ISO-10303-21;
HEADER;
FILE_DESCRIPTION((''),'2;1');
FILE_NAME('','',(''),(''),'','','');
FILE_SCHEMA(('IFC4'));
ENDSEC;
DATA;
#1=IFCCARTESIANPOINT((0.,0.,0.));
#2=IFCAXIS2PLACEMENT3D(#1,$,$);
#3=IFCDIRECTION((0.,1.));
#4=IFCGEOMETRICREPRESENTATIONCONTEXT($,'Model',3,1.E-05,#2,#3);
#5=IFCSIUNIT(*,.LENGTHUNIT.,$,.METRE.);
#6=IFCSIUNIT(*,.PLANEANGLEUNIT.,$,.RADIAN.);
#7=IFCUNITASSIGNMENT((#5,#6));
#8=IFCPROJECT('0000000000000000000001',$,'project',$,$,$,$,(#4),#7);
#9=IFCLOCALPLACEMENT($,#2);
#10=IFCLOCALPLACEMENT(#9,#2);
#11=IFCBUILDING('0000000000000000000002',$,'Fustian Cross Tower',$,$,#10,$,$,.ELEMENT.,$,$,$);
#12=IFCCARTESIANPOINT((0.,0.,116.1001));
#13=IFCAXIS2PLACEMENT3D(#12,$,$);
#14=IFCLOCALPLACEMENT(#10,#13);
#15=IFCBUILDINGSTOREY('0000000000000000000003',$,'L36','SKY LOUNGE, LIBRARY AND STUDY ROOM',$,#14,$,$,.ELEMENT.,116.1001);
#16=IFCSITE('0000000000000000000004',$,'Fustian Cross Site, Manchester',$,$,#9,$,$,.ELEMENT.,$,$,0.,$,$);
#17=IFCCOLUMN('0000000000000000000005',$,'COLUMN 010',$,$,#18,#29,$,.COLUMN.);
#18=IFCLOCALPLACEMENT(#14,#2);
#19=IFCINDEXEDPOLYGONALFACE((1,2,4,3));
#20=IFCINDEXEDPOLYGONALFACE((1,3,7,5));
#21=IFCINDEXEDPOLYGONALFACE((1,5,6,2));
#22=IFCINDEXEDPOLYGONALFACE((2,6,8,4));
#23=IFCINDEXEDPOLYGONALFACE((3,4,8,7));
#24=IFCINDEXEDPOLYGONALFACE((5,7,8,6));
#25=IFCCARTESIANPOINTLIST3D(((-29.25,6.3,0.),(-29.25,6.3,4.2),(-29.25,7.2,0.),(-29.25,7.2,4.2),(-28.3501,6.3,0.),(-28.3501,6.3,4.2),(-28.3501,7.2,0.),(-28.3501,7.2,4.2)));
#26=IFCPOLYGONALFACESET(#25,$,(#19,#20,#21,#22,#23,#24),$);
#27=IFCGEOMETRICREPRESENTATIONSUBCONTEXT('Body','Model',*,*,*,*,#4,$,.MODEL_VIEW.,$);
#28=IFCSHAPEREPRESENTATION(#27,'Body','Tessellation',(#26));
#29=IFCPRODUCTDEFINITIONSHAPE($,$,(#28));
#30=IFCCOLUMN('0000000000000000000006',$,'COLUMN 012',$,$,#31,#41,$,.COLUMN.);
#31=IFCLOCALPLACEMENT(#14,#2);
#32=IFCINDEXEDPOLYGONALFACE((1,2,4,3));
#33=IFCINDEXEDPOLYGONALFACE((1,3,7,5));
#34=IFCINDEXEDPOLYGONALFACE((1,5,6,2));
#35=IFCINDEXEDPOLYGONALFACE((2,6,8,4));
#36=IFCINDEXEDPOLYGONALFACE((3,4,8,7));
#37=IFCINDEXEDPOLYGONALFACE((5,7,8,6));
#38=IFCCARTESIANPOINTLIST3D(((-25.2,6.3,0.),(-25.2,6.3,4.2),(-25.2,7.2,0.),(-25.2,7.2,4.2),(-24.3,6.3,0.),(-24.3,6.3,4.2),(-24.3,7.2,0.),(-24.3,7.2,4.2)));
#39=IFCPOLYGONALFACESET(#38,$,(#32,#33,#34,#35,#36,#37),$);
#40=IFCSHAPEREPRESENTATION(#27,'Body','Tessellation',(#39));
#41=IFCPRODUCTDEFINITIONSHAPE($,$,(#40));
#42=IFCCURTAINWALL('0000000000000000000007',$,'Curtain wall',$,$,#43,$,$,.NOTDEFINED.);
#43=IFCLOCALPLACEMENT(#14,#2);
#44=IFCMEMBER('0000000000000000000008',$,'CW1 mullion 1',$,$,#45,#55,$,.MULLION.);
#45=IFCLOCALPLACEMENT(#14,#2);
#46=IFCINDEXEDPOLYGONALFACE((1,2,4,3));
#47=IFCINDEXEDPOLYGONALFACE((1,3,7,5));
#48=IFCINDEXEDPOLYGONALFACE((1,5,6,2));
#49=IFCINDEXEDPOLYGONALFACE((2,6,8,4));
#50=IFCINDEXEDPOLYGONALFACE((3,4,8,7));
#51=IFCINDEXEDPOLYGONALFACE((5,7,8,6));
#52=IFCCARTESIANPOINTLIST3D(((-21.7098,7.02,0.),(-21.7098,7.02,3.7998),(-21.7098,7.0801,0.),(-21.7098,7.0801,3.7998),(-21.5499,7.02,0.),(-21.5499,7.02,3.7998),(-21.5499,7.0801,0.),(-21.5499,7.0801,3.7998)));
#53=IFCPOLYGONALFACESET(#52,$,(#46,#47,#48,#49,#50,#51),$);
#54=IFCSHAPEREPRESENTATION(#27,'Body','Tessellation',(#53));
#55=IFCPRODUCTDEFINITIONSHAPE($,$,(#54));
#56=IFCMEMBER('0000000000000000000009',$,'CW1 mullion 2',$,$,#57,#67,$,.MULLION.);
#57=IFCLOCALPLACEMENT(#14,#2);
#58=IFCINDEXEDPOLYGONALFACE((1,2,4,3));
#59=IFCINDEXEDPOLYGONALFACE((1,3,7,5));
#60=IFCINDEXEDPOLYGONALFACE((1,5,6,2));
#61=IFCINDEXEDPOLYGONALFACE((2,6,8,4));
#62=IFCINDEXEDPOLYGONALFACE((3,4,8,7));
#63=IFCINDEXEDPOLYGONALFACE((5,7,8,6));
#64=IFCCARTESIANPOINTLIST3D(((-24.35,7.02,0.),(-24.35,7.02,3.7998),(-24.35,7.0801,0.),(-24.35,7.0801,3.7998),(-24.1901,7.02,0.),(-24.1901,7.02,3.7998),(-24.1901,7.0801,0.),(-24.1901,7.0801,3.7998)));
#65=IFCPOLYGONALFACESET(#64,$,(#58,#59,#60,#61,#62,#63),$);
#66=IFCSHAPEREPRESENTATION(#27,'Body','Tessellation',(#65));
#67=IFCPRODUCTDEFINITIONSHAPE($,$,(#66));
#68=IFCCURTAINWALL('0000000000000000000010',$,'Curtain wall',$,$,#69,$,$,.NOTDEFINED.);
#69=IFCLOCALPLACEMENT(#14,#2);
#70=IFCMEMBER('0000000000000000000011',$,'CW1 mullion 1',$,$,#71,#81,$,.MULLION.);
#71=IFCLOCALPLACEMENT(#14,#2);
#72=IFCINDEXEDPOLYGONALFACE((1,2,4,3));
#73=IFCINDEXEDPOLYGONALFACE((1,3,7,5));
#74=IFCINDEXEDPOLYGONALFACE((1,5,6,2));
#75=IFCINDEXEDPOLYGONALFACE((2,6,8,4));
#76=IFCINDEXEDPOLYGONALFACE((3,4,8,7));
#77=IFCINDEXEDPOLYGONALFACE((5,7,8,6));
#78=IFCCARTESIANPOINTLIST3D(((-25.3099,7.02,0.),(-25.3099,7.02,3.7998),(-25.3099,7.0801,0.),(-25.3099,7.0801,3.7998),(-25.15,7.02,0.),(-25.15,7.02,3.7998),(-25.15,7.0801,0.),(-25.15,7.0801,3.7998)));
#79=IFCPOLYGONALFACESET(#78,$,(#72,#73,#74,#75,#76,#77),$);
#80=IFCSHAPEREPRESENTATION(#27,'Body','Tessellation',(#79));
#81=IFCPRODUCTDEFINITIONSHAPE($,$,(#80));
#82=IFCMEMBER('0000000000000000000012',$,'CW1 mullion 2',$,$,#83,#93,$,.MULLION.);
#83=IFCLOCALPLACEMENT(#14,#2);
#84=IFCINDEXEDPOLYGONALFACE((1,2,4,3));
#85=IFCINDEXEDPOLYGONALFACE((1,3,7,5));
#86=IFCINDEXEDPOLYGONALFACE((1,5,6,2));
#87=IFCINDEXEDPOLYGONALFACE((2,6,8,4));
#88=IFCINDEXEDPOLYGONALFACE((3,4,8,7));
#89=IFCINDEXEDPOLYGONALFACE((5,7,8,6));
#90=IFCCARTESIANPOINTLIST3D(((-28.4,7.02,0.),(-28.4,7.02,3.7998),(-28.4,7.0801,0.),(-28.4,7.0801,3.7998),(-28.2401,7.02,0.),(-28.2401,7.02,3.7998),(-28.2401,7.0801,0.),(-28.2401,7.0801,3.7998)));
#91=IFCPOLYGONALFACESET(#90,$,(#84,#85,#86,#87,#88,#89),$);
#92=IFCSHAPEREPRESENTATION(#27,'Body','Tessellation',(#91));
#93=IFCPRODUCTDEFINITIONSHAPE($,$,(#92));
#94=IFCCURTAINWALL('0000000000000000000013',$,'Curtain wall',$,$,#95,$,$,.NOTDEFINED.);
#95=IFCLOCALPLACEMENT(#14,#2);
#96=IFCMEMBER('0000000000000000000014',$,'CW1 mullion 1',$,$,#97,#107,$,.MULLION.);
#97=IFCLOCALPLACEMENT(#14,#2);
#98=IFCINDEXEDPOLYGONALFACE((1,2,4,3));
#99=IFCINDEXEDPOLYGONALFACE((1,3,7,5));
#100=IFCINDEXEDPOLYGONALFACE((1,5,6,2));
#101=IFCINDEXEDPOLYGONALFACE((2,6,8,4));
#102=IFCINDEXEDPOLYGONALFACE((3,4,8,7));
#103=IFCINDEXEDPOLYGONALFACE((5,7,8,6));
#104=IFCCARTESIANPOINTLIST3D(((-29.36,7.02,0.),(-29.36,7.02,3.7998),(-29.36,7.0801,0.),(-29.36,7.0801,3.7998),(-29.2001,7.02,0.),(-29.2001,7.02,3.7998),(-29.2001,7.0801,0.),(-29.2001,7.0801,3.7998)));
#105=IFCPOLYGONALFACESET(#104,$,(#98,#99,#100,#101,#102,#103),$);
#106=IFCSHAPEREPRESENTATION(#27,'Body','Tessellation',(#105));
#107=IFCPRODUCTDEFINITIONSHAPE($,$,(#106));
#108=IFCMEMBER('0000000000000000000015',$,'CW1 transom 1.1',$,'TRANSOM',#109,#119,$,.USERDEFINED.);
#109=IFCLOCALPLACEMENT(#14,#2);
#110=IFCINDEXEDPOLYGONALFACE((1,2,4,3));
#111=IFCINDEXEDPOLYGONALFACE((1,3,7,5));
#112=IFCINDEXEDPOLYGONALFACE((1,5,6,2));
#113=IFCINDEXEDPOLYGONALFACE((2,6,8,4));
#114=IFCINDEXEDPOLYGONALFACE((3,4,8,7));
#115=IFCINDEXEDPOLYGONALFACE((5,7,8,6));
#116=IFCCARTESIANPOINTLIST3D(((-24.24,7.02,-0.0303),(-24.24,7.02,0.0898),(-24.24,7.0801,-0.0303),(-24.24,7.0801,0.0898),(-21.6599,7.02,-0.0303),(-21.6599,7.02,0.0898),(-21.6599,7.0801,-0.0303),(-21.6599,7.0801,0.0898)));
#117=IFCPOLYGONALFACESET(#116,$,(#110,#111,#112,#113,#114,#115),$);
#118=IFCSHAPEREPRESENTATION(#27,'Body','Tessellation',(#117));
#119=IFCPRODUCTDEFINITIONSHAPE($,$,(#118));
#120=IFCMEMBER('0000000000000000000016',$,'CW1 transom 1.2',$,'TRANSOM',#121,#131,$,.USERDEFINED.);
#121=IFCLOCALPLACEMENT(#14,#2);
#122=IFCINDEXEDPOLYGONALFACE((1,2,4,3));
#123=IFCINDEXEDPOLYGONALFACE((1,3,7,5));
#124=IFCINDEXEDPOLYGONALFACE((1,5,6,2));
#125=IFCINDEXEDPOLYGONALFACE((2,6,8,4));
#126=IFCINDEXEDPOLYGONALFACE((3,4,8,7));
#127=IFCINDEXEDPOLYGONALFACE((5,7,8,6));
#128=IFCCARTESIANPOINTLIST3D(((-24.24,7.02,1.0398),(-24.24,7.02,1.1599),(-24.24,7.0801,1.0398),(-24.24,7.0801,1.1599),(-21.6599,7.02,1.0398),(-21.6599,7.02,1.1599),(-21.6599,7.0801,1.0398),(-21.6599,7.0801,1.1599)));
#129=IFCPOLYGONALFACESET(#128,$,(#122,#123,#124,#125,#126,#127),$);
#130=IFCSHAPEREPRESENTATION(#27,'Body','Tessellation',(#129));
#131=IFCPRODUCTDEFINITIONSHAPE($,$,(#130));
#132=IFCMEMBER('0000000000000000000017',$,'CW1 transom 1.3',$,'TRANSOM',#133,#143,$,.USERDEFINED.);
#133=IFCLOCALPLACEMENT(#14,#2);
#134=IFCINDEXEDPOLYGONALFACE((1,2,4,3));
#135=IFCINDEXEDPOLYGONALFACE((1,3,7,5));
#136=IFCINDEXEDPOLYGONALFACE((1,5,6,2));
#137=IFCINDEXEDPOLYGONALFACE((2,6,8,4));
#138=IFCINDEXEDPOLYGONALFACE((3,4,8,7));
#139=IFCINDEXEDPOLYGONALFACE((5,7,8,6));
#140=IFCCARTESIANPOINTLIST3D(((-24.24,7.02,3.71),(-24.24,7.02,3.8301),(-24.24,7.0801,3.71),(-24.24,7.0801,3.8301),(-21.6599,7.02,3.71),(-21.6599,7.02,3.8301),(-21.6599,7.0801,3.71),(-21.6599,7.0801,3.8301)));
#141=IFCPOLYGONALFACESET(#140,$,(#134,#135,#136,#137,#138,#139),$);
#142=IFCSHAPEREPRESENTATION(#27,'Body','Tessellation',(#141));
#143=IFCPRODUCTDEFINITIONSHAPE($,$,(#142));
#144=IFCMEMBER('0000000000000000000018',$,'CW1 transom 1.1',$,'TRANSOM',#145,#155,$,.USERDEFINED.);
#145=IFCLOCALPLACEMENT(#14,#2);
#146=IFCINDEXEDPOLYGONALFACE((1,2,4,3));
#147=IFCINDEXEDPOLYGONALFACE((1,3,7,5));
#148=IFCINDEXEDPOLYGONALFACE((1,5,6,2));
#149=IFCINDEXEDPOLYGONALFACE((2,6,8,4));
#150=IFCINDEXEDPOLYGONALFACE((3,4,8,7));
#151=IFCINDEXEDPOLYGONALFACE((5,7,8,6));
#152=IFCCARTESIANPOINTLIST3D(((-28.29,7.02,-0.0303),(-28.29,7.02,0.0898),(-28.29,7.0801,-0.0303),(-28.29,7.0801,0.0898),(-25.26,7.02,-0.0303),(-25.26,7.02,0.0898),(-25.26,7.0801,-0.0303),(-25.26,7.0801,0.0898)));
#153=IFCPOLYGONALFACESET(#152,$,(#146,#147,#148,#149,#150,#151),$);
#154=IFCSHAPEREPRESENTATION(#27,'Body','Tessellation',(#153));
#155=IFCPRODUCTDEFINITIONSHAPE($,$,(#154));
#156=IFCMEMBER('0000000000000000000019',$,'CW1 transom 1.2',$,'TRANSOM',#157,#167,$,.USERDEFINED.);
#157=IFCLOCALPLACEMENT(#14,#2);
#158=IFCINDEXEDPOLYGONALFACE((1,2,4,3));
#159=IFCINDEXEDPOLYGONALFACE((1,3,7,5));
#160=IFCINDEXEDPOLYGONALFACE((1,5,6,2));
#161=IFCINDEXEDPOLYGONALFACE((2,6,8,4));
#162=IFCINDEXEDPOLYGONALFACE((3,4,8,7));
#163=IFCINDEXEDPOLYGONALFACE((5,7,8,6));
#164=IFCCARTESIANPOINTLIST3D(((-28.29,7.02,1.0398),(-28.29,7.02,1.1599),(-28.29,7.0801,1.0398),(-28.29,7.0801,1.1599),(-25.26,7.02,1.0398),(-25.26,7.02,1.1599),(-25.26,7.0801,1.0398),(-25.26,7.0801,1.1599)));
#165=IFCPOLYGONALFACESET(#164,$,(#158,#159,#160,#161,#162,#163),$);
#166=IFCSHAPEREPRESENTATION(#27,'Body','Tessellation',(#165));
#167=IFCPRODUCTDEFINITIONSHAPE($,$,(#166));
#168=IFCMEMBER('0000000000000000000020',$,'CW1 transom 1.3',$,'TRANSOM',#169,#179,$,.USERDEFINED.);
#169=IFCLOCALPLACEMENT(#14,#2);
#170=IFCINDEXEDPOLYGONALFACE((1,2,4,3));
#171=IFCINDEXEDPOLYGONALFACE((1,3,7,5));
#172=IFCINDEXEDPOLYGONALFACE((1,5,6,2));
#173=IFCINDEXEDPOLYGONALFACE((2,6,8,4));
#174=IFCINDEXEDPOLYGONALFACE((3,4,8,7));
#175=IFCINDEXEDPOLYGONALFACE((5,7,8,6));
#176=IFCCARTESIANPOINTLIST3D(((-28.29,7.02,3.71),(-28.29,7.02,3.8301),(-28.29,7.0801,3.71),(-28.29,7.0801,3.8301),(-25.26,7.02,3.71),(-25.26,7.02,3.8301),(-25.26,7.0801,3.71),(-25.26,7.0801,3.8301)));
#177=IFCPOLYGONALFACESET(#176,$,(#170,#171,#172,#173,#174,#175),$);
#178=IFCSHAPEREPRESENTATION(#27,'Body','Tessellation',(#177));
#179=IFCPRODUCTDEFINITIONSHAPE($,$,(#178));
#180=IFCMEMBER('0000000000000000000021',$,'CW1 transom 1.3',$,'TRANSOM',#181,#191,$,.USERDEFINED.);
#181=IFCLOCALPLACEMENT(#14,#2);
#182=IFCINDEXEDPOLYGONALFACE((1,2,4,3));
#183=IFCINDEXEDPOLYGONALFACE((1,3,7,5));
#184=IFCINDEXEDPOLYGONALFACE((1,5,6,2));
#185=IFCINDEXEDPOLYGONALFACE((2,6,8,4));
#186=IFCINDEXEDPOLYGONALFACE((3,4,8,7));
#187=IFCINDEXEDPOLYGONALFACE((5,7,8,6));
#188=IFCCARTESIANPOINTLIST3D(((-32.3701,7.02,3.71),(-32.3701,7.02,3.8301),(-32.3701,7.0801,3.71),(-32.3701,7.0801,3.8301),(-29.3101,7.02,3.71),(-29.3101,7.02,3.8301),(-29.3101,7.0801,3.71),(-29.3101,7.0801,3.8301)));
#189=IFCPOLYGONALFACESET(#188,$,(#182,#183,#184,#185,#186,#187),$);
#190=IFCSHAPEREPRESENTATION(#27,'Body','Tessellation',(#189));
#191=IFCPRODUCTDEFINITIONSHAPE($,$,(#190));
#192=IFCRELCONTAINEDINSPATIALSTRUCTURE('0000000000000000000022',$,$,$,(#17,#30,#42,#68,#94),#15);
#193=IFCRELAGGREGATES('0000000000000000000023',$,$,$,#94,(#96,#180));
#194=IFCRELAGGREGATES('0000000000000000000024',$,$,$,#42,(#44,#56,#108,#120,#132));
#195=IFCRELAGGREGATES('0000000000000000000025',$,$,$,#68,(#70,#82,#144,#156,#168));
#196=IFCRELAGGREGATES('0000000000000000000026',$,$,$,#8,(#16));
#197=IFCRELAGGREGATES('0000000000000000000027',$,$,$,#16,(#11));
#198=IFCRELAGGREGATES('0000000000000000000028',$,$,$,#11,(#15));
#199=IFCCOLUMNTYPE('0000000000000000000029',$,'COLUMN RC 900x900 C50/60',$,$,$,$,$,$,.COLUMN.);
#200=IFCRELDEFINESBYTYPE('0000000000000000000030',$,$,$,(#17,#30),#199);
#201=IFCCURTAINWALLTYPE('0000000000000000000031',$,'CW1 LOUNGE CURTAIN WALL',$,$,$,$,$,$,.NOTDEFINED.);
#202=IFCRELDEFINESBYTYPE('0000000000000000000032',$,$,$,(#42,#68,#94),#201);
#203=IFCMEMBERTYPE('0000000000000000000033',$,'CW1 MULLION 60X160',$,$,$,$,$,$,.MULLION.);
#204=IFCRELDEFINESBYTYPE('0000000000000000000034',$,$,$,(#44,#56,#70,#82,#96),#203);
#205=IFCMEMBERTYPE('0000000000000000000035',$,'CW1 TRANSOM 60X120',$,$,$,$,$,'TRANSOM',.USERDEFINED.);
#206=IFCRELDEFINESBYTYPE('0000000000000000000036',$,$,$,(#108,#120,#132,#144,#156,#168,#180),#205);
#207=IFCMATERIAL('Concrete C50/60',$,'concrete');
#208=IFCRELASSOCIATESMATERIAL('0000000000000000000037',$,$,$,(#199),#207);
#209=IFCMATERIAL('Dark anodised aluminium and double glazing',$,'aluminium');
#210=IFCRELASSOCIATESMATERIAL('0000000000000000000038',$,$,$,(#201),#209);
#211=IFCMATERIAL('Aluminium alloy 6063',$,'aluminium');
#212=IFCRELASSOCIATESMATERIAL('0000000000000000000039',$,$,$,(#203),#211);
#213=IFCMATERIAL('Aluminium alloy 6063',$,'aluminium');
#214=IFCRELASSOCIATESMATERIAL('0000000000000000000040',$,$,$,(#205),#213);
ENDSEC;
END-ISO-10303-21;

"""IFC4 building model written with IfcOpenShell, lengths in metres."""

from ifc_helpers import new_model, si_unit, direction, frame, origin, origin_2d, place, context, subcontext, project, spatial, rectangle, extrude, material, material_profile, profile_set, type_object, element, aggregate, save


model = new_model("IFC4")

# Units and contexts
model_context = context("Model", 3, precision=1e-05, world=origin(), true_north=direction((0.0, 1.0)))
body_context = subcontext(model_context, "Body", "Model", "MODEL_VIEW")
ifc_project = project(units=[si_unit("LENGTHUNIT", "METRE"), si_unit("PLANEANGLEUNIT", "RADIAN")], contexts=[model_context])

# Site, building, storey
site_placement = place(None, origin())
site = spatial("IfcSite", under=ifc_project, at=site_placement, Name="Fustian Cross Site, Manchester", CompositionType="ELEMENT", RefElevation=0.0)
building_placement = place(site_placement, origin())
building = spatial("IfcBuilding", under=site, at=building_placement, Name="Fustian Cross Tower", CompositionType="ELEMENT")
storey_placement = place(building_placement, frame((0.0, 0.0, 116.1001)))
storey = spatial("IfcBuildingStorey", under=building, at=storey_placement, Name="L36", Description="SKY LOUNGE, LIBRARY AND STUDY ROOM", CompositionType="ELEMENT", Elevation=116.1001)

# Columns
ifc_material_1 = material(Name="Concrete C50/60", Category="concrete")
ifc_material_profile_1 = material_profile(ifc_material_1, rectangle(XDim=0.8999, YDim=0.8999, at=origin_2d()), Name="RC 900x900")
ifc_profile_set_1 = profile_set([ifc_material_profile_1], Name="Concrete C50/60")
column_type = type_object("IfcColumnType", Name="COLUMN RC 900x900 C50/60", PredefinedType="COLUMN", material=ifc_profile_set_1)
for number, where, z_axis, x_axis, name in (
    (1, (-28.8, 6.75, 0.0), (0.0, 0.0, 1.0), (1.0, 0.0, 0.0), "COLUMN 010"),
    (2, (-24.75, 6.75, 0.0), (0.0, 0.0, 1.0), (1.0, 0.0, 0.0), "COLUMN 012"),
):
    element("IfcColumn", number, at=place(storey_placement, frame(where, z_axis=z_axis, x_axis=x_axis)), inside=storey, type_object=column_type, Name=name, PredefinedType="COLUMN", context=body_context, shape_type="SweptSolid", body=[
        extrude(rectangle(XDim=0.8999, YDim=0.8999, at=origin_2d()), origin(), (0.0, 0.0, 1.0), 4.2),
    ])

# Curtain walls, members
ifc_material_2 = material(Name="Dark anodised aluminium and double glazing", Category="aluminium")
curtain_wall_type = type_object("IfcCurtainWallType", Name="CW1 LOUNGE CURTAIN WALL", PredefinedType="NOTDEFINED", material=ifc_material_2)
curtain_wall_1_placement = place(storey_placement, origin())
curtain_wall_1 = element("IfcCurtainWall", 3, at=curtain_wall_1_placement, inside=storey, type_object=curtain_wall_type, Name="Curtain wall", PredefinedType="NOTDEFINED")
ifc_material_3 = material(Name="Aluminium alloy 6063", Category="aluminium")
ifc_material_profile_2 = material_profile(ifc_material_3, rectangle(XDim=0.0601, YDim=0.1599, at=origin_2d()), Name="CW1 MULLION 60X160")
ifc_profile_set_2 = profile_set([ifc_material_profile_2], Name="Aluminium alloy 6063")
member_type_1 = type_object("IfcMemberType", Name="CW1 MULLION 60X160", PredefinedType="MULLION", material=ifc_profile_set_2)
member_1_placement = place(storey_placement, frame((-21.6299, 7.05, 0.0), z_axis=(0.0, 0.0, 1.0), x_axis=(0.0, -1.0, 0.0)))
member_1 = element("IfcMember", 4, at=member_1_placement, type_object=member_type_1, Name="CW1 mullion 1", PredefinedType="MULLION", context=body_context, shape_type="SweptSolid", body=[
    extrude(rectangle(XDim=0.0601, YDim=0.1599, at=origin_2d()), origin(), (0.0, 0.0, 1.0), 3.7998),
])
member_2_placement = place(storey_placement, frame((-24.27, 7.05, 0.0), z_axis=(0.0, 0.0, 1.0), x_axis=(0.0, -1.0, 0.0)))
member_2 = element("IfcMember", 5, at=member_2_placement, type_object=member_type_1, Name="CW1 mullion 2", PredefinedType="MULLION", context=body_context, shape_type="SweptSolid", body=[
    extrude(rectangle(XDim=0.0601, YDim=0.1599, at=origin_2d()), origin(), (0.0, 0.0, 1.0), 3.7998),
])
curtain_wall_2_placement = place(storey_placement, origin())
curtain_wall_2 = element("IfcCurtainWall", 6, at=curtain_wall_2_placement, inside=storey, type_object=curtain_wall_type, Name="Curtain wall", PredefinedType="NOTDEFINED")
member_3_placement = place(storey_placement, frame((-25.23, 7.05, 0.0), z_axis=(0.0, 0.0, 1.0), x_axis=(0.0, -1.0, 0.0)))
member_3 = element("IfcMember", 7, at=member_3_placement, type_object=member_type_1, Name="CW1 mullion 1", PredefinedType="MULLION", context=body_context, shape_type="SweptSolid", body=[
    extrude(rectangle(XDim=0.0601, YDim=0.1599, at=origin_2d()), origin(), (0.0, 0.0, 1.0), 3.7998),
])
member_4_placement = place(storey_placement, frame((-28.3201, 7.05, 0.0), z_axis=(0.0, 0.0, 1.0), x_axis=(0.0, -1.0, 0.0)))
member_4 = element("IfcMember", 8, at=member_4_placement, type_object=member_type_1, Name="CW1 mullion 2", PredefinedType="MULLION", context=body_context, shape_type="SweptSolid", body=[
    extrude(rectangle(XDim=0.0601, YDim=0.1599, at=origin_2d()), origin(), (0.0, 0.0, 1.0), 3.7998),
])

# Curtain wall, member
curtain_wall_3_placement = place(storey_placement, origin())
curtain_wall_3 = element("IfcCurtainWall", 9, at=curtain_wall_3_placement, inside=storey, type_object=curtain_wall_type, Name="Curtain wall", PredefinedType="NOTDEFINED")
member_5_placement = place(storey_placement, frame((-29.28, 7.05, 0.0), z_axis=(0.0, 0.0, 1.0), x_axis=(0.0, -1.0, 0.0)))
member_5 = element("IfcMember", 10, at=member_5_placement, type_object=member_type_1, Name="CW1 mullion 1", PredefinedType="MULLION", context=body_context, shape_type="SweptSolid", body=[
    extrude(rectangle(XDim=0.0601, YDim=0.1599, at=origin_2d()), origin(), (0.0, 0.0, 1.0), 3.7998),
])

# Members
ifc_material_4 = material(Name="Aluminium alloy 6063", Category="aluminium")
ifc_material_profile_3 = material_profile(ifc_material_4, rectangle(XDim=0.0601, YDim=0.1201, at=origin_2d()), Name="CW1 TRANSOM 60X120")
ifc_profile_set_3 = profile_set([ifc_material_profile_3], Name="Aluminium alloy 6063")
member_type_2 = type_object("IfcMemberType", Name="CW1 TRANSOM 60X120", ElementType="TRANSOM", PredefinedType="USERDEFINED", material=ifc_profile_set_3)
member_6_placement = place(storey_placement, frame((-21.6599, 7.05, 0.0298), z_axis=(-1.0, 0.0, 0.0), x_axis=(0.0, -1.0, 0.0)))
member_6 = element("IfcMember", 11, at=member_6_placement, type_object=member_type_2, Name="CW1 transom 1.1", ObjectType="TRANSOM", PredefinedType="USERDEFINED", context=body_context, shape_type="SweptSolid", body=[
    extrude(rectangle(XDim=0.0601, YDim=0.1201, at=origin_2d()), origin(), (0.0, 0.0, 1.0), 2.5801),
])
member_7_placement = place(storey_placement, frame((-21.6599, 7.05, 1.0999), z_axis=(-1.0, 0.0, 0.0), x_axis=(0.0, -1.0, 0.0)))
member_7 = element("IfcMember", 12, at=member_7_placement, type_object=member_type_2, Name="CW1 transom 1.2", ObjectType="TRANSOM", PredefinedType="USERDEFINED", context=body_context, shape_type="SweptSolid", body=[
    extrude(rectangle(XDim=0.0601, YDim=0.1201, at=origin_2d()), origin(), (0.0, 0.0, 1.0), 2.5801),
])
member_8_placement = place(storey_placement, frame((-21.6599, 7.05, 3.77), z_axis=(-1.0, 0.0, 0.0), x_axis=(0.0, -1.0, 0.0)))
member_8 = element("IfcMember", 13, at=member_8_placement, type_object=member_type_2, Name="CW1 transom 1.3", ObjectType="TRANSOM", PredefinedType="USERDEFINED", context=body_context, shape_type="SweptSolid", body=[
    extrude(rectangle(XDim=0.0601, YDim=0.1201, at=origin_2d()), origin(), (0.0, 0.0, 1.0), 2.5801),
])
member_9_placement = place(storey_placement, frame((-25.26, 7.05, 0.0298), z_axis=(-1.0, 0.0, 0.0), x_axis=(0.0, -1.0, 0.0)))
member_9 = element("IfcMember", 14, at=member_9_placement, type_object=member_type_2, Name="CW1 transom 1.1", ObjectType="TRANSOM", PredefinedType="USERDEFINED", context=body_context, shape_type="SweptSolid", body=[
    extrude(rectangle(XDim=0.0601, YDim=0.1201, at=origin_2d()), origin(), (0.0, 0.0, 1.0), 3.03),
])
member_10_placement = place(storey_placement, frame((-25.26, 7.05, 1.0999), z_axis=(-1.0, 0.0, 0.0), x_axis=(0.0, -1.0, 0.0)))
member_10 = element("IfcMember", 15, at=member_10_placement, type_object=member_type_2, Name="CW1 transom 1.2", ObjectType="TRANSOM", PredefinedType="USERDEFINED", context=body_context, shape_type="SweptSolid", body=[
    extrude(rectangle(XDim=0.0601, YDim=0.1201, at=origin_2d()), origin(), (0.0, 0.0, 1.0), 3.03),
])
member_11_placement = place(storey_placement, frame((-25.26, 7.05, 3.77), z_axis=(-1.0, 0.0, 0.0), x_axis=(0.0, -1.0, 0.0)))
member_11 = element("IfcMember", 16, at=member_11_placement, type_object=member_type_2, Name="CW1 transom 1.3", ObjectType="TRANSOM", PredefinedType="USERDEFINED", context=body_context, shape_type="SweptSolid", body=[
    extrude(rectangle(XDim=0.0601, YDim=0.1201, at=origin_2d()), origin(), (0.0, 0.0, 1.0), 3.03),
])
member_12_placement = place(storey_placement, frame((-29.3101, 7.05, 3.77), z_axis=(-1.0, 0.0, 0.0), x_axis=(0.0, -1.0, 0.0)))
member_12 = element("IfcMember", 17, at=member_12_placement, type_object=member_type_2, Name="CW1 transom 1.3", ObjectType="TRANSOM", PredefinedType="USERDEFINED", context=body_context, shape_type="SweptSolid", body=[
    extrude(rectangle(XDim=0.0601, YDim=0.1201, at=origin_2d()), origin(), (0.0, 0.0, 1.0), 3.0601),
])
aggregate(curtain_wall_3, [member_5, member_12])

aggregate(curtain_wall_1, [member_1, member_2, member_6, member_7, member_8])
aggregate(curtain_wall_2, [member_3, member_4, member_9, member_10, member_11])

save(model, "model.ifc")
